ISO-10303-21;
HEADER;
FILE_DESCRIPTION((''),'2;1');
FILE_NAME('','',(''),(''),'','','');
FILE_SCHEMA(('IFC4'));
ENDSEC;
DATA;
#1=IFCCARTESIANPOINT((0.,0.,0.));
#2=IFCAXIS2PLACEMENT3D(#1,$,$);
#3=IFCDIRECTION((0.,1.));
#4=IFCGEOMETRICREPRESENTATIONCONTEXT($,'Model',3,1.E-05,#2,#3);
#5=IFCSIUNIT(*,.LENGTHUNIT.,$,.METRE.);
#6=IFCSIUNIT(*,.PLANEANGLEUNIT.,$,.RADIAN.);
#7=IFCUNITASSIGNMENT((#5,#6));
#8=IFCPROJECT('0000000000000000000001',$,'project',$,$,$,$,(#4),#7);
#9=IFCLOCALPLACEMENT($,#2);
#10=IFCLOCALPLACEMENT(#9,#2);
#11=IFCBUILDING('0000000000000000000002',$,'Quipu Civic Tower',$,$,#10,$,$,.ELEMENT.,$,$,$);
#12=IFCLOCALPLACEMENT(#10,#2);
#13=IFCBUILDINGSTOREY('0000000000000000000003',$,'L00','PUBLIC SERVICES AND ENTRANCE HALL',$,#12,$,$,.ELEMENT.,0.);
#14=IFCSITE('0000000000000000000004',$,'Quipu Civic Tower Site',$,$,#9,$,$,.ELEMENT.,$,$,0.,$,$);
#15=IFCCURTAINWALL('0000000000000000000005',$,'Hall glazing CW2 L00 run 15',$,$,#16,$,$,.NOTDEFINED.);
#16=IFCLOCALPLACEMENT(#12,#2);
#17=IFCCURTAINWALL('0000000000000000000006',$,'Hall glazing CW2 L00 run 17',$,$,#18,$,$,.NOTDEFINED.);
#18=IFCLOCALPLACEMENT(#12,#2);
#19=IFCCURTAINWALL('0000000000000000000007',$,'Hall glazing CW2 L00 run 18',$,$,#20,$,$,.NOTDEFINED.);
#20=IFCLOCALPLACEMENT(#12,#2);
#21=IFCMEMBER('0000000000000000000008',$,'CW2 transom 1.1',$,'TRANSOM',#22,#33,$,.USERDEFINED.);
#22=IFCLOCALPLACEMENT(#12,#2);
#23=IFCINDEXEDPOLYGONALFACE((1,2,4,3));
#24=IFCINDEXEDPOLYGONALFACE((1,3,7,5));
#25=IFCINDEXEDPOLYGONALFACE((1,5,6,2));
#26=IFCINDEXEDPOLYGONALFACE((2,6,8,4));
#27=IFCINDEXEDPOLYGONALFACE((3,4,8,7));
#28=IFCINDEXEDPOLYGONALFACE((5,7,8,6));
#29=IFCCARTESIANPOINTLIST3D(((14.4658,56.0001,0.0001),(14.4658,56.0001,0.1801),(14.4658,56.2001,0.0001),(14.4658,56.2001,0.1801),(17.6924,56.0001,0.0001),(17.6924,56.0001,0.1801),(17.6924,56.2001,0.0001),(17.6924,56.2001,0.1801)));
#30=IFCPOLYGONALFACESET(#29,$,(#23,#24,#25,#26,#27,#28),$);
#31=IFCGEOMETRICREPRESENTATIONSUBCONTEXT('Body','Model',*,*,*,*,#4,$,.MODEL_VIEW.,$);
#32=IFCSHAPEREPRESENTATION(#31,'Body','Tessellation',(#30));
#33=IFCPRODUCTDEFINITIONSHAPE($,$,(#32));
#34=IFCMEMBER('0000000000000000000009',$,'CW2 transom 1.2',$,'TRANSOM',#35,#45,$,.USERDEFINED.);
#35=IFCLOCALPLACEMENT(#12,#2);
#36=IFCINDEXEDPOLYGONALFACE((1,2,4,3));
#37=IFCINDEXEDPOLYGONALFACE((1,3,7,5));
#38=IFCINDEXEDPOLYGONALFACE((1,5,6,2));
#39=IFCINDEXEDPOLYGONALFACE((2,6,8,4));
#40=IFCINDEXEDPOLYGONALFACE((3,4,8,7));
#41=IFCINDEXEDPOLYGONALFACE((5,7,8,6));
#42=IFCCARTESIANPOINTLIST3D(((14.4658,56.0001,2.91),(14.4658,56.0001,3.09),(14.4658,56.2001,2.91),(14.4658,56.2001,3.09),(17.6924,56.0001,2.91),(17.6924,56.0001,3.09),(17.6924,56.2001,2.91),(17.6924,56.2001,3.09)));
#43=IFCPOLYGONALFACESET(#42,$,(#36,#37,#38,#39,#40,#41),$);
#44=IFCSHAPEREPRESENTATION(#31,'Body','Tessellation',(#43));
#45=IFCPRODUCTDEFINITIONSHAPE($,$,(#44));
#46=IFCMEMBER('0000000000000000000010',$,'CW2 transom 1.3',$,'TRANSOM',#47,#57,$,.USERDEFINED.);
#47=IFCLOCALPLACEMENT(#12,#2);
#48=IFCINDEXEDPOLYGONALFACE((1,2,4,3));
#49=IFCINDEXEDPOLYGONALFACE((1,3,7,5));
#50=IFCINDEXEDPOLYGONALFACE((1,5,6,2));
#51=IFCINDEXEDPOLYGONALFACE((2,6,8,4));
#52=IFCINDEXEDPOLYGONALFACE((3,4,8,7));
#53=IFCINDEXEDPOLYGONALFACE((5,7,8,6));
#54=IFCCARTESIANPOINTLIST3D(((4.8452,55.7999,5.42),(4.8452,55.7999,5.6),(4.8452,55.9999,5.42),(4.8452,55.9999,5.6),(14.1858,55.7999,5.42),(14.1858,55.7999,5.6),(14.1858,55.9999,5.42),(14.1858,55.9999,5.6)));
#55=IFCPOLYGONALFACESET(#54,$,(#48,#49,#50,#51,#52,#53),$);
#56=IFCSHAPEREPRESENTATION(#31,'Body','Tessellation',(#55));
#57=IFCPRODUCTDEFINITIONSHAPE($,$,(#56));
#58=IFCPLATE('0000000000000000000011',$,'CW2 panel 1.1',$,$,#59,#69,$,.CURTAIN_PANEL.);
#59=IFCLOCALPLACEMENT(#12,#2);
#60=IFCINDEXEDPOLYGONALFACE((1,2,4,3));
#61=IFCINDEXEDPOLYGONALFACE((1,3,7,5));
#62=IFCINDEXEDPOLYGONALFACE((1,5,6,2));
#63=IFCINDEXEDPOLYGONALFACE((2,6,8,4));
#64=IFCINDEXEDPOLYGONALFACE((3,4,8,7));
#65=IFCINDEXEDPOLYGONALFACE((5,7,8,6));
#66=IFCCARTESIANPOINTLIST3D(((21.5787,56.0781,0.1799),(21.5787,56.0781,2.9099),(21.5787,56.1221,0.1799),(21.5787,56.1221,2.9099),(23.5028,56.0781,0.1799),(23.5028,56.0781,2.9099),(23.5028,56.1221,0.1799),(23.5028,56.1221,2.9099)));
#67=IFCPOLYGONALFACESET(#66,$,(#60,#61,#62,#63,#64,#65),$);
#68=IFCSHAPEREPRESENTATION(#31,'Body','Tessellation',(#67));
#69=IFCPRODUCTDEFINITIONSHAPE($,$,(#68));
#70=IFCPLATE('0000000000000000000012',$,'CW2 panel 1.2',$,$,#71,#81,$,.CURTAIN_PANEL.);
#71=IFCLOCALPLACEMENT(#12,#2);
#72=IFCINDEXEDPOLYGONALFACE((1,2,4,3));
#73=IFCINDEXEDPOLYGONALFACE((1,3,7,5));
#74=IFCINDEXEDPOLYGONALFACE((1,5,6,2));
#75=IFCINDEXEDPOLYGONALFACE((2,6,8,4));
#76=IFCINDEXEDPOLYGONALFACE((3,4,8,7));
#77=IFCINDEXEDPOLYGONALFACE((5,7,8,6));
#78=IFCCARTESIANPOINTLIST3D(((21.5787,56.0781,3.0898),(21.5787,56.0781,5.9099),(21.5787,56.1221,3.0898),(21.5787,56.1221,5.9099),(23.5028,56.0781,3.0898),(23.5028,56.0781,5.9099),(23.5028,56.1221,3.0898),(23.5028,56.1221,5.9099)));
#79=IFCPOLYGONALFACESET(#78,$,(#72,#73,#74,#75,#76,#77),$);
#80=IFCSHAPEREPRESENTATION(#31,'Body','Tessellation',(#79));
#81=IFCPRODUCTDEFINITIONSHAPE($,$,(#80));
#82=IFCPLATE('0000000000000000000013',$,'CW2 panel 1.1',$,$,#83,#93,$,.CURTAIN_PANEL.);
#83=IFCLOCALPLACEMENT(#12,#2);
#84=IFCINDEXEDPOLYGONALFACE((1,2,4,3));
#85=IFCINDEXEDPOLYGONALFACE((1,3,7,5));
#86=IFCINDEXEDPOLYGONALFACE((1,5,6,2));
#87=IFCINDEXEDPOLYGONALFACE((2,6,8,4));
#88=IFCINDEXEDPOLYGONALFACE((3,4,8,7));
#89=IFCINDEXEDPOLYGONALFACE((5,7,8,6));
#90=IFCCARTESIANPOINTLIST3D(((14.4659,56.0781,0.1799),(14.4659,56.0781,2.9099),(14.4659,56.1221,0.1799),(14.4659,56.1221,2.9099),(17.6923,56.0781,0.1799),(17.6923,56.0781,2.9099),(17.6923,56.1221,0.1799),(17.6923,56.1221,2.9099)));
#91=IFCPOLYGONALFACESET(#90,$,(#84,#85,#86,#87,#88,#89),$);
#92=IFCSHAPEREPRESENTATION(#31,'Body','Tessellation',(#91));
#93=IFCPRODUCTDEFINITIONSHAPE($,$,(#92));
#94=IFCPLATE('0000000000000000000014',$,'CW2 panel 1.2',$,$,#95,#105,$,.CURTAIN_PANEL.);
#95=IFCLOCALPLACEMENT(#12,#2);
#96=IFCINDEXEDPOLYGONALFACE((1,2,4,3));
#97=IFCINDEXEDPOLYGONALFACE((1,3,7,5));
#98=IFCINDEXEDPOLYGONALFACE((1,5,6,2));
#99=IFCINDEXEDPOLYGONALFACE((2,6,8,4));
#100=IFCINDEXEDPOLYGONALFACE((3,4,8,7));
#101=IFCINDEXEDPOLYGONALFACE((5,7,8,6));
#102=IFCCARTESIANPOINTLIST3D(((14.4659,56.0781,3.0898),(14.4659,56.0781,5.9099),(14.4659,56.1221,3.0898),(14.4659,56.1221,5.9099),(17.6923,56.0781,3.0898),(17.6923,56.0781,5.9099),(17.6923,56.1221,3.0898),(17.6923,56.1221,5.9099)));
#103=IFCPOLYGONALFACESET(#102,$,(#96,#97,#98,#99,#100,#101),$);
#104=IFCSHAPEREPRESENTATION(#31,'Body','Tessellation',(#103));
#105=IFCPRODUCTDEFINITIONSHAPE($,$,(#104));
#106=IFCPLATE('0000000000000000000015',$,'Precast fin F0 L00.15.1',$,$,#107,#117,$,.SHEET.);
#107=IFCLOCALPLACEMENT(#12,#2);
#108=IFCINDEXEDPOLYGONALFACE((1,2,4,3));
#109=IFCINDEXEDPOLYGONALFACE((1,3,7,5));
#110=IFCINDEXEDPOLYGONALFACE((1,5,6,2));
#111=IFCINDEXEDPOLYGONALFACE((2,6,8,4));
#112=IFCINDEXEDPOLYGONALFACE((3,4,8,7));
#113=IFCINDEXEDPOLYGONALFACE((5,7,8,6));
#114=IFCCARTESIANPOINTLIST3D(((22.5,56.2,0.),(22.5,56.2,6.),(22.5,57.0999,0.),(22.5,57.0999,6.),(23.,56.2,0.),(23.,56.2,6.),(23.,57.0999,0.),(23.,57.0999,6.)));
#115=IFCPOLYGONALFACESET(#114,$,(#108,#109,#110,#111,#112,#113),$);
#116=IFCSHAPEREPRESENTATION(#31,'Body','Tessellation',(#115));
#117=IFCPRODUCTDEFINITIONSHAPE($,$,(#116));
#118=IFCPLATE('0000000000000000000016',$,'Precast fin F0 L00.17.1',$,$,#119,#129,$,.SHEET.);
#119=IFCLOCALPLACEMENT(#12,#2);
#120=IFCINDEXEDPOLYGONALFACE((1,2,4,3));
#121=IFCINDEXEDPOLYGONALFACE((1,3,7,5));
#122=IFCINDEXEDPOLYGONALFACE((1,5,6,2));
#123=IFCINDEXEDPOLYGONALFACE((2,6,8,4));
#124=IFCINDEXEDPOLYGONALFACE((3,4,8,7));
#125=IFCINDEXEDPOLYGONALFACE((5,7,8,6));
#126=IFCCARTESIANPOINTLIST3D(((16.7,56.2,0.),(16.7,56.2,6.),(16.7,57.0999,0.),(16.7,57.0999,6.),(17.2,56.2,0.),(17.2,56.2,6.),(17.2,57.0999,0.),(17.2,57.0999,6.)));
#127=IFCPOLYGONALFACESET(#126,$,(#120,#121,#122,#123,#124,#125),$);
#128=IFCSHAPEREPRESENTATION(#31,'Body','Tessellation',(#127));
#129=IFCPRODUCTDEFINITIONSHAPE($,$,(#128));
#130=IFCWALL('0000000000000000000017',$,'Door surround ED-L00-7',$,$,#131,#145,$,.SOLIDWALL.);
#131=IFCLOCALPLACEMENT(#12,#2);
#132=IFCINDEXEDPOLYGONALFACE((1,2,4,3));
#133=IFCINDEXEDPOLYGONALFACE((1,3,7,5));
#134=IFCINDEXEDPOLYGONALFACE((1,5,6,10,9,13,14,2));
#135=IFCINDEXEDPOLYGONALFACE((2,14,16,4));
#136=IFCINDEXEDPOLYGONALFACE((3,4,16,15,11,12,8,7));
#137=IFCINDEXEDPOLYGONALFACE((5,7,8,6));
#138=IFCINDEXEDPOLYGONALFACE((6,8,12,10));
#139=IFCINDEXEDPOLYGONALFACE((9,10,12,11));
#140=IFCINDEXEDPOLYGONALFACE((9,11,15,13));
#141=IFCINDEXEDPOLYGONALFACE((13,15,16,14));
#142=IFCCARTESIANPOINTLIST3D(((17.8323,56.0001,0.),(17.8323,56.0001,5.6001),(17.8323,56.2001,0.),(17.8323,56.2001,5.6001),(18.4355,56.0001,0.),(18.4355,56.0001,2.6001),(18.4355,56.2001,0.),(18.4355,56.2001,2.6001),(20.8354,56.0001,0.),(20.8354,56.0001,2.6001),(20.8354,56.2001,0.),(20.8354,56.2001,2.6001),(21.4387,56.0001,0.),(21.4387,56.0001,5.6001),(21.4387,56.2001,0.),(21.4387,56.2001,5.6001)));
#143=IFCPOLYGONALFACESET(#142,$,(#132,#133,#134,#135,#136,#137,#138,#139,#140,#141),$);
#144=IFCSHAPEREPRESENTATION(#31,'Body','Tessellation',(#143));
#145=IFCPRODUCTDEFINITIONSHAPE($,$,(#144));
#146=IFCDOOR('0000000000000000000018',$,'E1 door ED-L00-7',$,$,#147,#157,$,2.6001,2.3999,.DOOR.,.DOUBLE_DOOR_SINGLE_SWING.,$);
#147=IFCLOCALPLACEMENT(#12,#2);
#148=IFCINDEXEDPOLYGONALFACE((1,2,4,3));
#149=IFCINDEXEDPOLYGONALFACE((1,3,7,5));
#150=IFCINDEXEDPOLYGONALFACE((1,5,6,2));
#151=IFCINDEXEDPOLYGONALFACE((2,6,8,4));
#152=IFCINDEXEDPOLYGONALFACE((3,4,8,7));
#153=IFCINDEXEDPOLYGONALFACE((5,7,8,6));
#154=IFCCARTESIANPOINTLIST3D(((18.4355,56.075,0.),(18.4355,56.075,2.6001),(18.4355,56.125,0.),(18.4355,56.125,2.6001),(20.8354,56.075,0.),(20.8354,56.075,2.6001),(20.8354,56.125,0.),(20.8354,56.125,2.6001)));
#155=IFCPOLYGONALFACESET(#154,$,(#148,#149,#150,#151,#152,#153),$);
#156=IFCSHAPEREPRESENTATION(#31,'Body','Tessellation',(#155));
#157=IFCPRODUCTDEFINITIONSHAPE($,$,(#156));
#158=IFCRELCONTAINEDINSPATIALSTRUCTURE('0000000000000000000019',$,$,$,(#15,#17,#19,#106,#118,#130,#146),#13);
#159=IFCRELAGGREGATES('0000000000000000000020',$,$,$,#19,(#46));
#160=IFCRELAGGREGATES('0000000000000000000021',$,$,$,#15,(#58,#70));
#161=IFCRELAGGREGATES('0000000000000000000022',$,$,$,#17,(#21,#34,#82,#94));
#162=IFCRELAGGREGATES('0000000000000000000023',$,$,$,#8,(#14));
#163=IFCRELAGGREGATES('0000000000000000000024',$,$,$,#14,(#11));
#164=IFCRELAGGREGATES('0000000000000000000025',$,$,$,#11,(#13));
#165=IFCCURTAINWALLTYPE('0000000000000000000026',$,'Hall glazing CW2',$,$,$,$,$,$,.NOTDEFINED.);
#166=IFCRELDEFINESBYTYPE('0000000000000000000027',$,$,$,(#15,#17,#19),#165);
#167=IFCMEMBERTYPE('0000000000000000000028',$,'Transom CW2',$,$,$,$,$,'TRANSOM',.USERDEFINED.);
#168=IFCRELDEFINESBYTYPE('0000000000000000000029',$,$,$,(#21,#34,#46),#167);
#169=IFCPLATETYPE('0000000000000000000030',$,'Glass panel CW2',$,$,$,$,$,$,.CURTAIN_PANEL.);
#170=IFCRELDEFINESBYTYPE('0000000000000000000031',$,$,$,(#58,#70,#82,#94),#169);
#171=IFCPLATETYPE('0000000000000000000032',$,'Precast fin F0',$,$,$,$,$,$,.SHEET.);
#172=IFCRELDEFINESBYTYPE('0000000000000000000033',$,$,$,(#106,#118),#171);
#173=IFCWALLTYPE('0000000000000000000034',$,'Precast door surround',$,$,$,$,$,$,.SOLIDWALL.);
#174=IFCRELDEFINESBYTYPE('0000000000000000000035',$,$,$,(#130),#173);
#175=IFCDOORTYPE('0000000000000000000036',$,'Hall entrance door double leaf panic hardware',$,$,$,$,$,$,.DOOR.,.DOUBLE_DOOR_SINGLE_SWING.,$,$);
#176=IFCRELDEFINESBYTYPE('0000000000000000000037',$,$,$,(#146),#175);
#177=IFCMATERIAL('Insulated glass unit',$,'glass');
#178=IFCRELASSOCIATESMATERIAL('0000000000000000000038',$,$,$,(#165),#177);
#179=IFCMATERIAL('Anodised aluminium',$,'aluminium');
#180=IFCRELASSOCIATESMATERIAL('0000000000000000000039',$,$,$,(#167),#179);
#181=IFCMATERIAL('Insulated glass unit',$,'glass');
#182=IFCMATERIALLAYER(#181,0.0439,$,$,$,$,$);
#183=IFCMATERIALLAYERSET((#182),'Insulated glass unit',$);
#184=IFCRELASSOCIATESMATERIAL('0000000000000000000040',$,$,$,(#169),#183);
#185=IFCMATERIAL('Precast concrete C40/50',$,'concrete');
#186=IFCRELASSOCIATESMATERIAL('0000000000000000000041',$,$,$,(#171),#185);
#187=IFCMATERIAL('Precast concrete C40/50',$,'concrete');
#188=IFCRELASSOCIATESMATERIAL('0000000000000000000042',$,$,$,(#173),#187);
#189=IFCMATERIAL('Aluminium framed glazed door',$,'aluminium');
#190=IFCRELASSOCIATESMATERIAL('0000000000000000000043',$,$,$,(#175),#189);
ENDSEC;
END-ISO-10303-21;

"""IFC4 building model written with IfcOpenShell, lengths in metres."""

from ifc_helpers import new_model, si_unit, direction, frame, frame_2d, origin, origin_2d, place, context, subcontext, project, spatial, rectangle, extrude, material, layer, layer_set, material_profile, profile_set, type_object, element, fill, aggregate, save


model = new_model("IFC4")

# Units and contexts
model_context = context("Model", 3, precision=1e-05, world=origin(), true_north=direction((0.0, 1.0)))
body_context = subcontext(model_context, "Body", "Model", "MODEL_VIEW")
ifc_project = project(units=[si_unit("LENGTHUNIT", "METRE"), si_unit("PLANEANGLEUNIT", "RADIAN")], contexts=[model_context])

# Site, building, storey
site_placement = place(None, origin())
site = spatial("IfcSite", under=ifc_project, at=site_placement, Name="Quipu Civic Tower Site", CompositionType="ELEMENT", RefElevation=0.0)
building_placement = place(site_placement, origin())
building = spatial("IfcBuilding", under=site, at=building_placement, Name="Quipu Civic Tower", CompositionType="ELEMENT")
storey_placement = place(building_placement, origin())
storey = spatial("IfcBuildingStorey", under=building, at=storey_placement, Name="L00", Description="PUBLIC SERVICES AND ENTRANCE HALL", CompositionType="ELEMENT", Elevation=0.0)

# Curtain wall
ifc_material_1 = material(Name="Insulated glass unit", Category="glass")
curtain_wall_type = type_object("IfcCurtainWallType", Name="Hall glazing CW2", PredefinedType="NOTDEFINED", material=ifc_material_1)
curtain_wall_1_placement = place(storey_placement, origin())
curtain_wall_1 = element("IfcCurtainWall", 1, at=curtain_wall_1_placement, inside=storey, type_object=curtain_wall_type, Name="Hall glazing CW2 L00 run 15", PredefinedType="NOTDEFINED")

# Curtain wall
curtain_wall_2_placement = place(storey_placement, origin())
curtain_wall_2 = element("IfcCurtainWall", 2, at=curtain_wall_2_placement, inside=storey, type_object=curtain_wall_type, Name="Hall glazing CW2 L00 run 17", PredefinedType="NOTDEFINED")

# Curtain wall
curtain_wall_3_placement = place(storey_placement, origin())
curtain_wall_3 = element("IfcCurtainWall", 3, at=curtain_wall_3_placement, inside=storey, type_object=curtain_wall_type, Name="Hall glazing CW2 L00 run 18", PredefinedType="NOTDEFINED")

# Members
ifc_material_2 = material(Name="Anodised aluminium", Category="aluminium")
ifc_material_profile_1 = material_profile(ifc_material_2, rectangle(XDim=0.2, YDim=0.1799, at=origin_2d()), Name="RECT 200x180")
ifc_profile_set_1 = profile_set([ifc_material_profile_1], Name="Anodised aluminium")
member_type_1 = type_object("IfcMemberType", Name="Transom CW2", ElementType="TRANSOM", PredefinedType="USERDEFINED", material=ifc_profile_set_1)
member_1_placement = place(storey_placement, frame((17.6924, 56.1001, 0.0901), z_axis=(-1.0, 0.0, 0.0), x_axis=(0.0, -1.0, 0.0)))
member_1 = element("IfcMember", 4, at=member_1_placement, type_object=member_type_1, Name="CW2 transom 1.1", ObjectType="TRANSOM", PredefinedType="USERDEFINED", context=body_context, shape_type="SweptSolid", body=[
    extrude(rectangle(XDim=0.2, YDim=0.1799, at=origin_2d()), origin(), (0.0, 0.0, 1.0), 3.2266),
])
member_2_placement = place(storey_placement, frame((17.6924, 56.1001, 3.0), z_axis=(-1.0, 0.0, 0.0), x_axis=(0.0, -1.0, 0.0)))
member_2 = element("IfcMember", 5, at=member_2_placement, type_object=member_type_1, Name="CW2 transom 1.2", ObjectType="TRANSOM", PredefinedType="USERDEFINED", context=body_context, shape_type="SweptSolid", body=[
    extrude(rectangle(XDim=0.2, YDim=0.1799, at=origin_2d()), origin(), (0.0, 0.0, 1.0), 3.2266),
])
member_3_placement = place(storey_placement, frame((14.1858, 55.8999, 5.51), z_axis=(-1.0, 0.0, 0.0), x_axis=(0.0, -1.0, 0.0)))
member_3 = element("IfcMember", 6, at=member_3_placement, type_object=member_type_1, Name="CW2 transom 1.3", ObjectType="TRANSOM", PredefinedType="USERDEFINED", context=body_context, shape_type="SweptSolid", body=[
    extrude(rectangle(XDim=0.2, YDim=0.1799, at=origin_2d()), origin(), (0.0, 0.0, 1.0), 9.3406),
])
aggregate(curtain_wall_3, [member_3])

# Plates
ifc_material_3 = material(Name="Insulated glass unit", Category="glass")
ifc_layer = layer(ifc_material_3, 0.0439)
ifc_layer_set = layer_set([ifc_layer], Name="Insulated glass unit")
plate_type_1 = type_object("IfcPlateType", Name="Glass panel CW2", PredefinedType="CURTAIN_PANEL", material=ifc_layer_set)
plate_1_placement = place(storey_placement, frame((22.5408, 56.1001, 0.1799), z_axis=(0.0, 0.0, 1.0), x_axis=(-1.0, 0.0, 0.0)))
plate_1 = element("IfcPlate", 7, at=plate_1_placement, type_object=plate_type_1, Name="CW2 panel 1.1", PredefinedType="CURTAIN_PANEL", context=body_context, shape_type="SweptSolid", body=[
    extrude(rectangle(XDim=1.9241, YDim=0.0439, at=origin_2d()), origin(), (0.0, 0.0, 1.0), 2.73),
])
plate_2_placement = place(storey_placement, frame((22.5408, 56.1001, 3.0898), z_axis=(0.0, 0.0, 1.0), x_axis=(-1.0, 0.0, 0.0)))
plate_2 = element("IfcPlate", 8, at=plate_2_placement, type_object=plate_type_1, Name="CW2 panel 1.2", PredefinedType="CURTAIN_PANEL", context=body_context, shape_type="SweptSolid", body=[
    extrude(rectangle(XDim=1.9241, YDim=0.0439, at=origin_2d()), origin(), (0.0, 0.0, 1.0), 2.8201),
])
aggregate(curtain_wall_1, [plate_1, plate_2])
plate_3_placement = place(storey_placement, frame((16.0791, 56.1001, 0.1799), z_axis=(0.0, 0.0, 1.0), x_axis=(-1.0, 0.0, 0.0)))
plate_3 = element("IfcPlate", 9, at=plate_3_placement, type_object=plate_type_1, Name="CW2 panel 1.1", PredefinedType="CURTAIN_PANEL", context=body_context, shape_type="SweptSolid", body=[
    extrude(rectangle(XDim=3.2263, YDim=0.0439, at=origin_2d()), origin(), (0.0, 0.0, 1.0), 2.73),
])
plate_4_placement = place(storey_placement, frame((16.0791, 56.1001, 3.0898), z_axis=(0.0, 0.0, 1.0), x_axis=(-1.0, 0.0, 0.0)))
plate_4 = element("IfcPlate", 10, at=plate_4_placement, type_object=plate_type_1, Name="CW2 panel 1.2", PredefinedType="CURTAIN_PANEL", context=body_context, shape_type="SweptSolid", body=[
    extrude(rectangle(XDim=3.2263, YDim=0.0439, at=origin_2d()), origin(), (0.0, 0.0, 1.0), 2.8201),
])
aggregate(curtain_wall_2, [member_1, member_2, plate_3, plate_4])

# Plates
ifc_material_4 = material(Name="Precast concrete C40/50", Category="concrete")
plate_type_2 = type_object("IfcPlateType", Name="Precast fin F0", PredefinedType="SHEET", material=ifc_material_4)
for number, where, z_axis, x_axis, name in (
    (11, (22.75, 56.6499, 0.0), (0.0, 0.0, 1.0), (-1.0, 0.0, 0.0), "Precast fin F0 L00.15.1"),
    (12, (16.95, 56.6499, 0.0), (0.0, 0.0, 1.0), (-1.0, 0.0, 0.0), "Precast fin F0 L00.17.1"),
):
    element("IfcPlate", number, at=place(storey_placement, frame(where, z_axis=z_axis, x_axis=x_axis)), inside=storey, type_object=plate_type_2, Name=name, PredefinedType="SHEET", context=body_context, shape_type="SweptSolid", body=[
        extrude(rectangle(XDim=0.5, YDim=0.8999, at=origin_2d()), origin(), (0.0, 0.0, 1.0), 6.0),
    ])

# Wall, opening, door
ifc_material_5 = material(Name="Precast concrete C40/50", Category="concrete")
wall_type = type_object("IfcWallType", Name="Precast door surround", PredefinedType="SOLIDWALL", material=ifc_material_5)
wall_placement = place(storey_placement, frame((17.8323, 56.1001, 0.0), z_axis=(0.0, 0.0, 1.0), x_axis=(1.0, 0.0, 0.0)))
wall = element("IfcWall", 13, at=wall_placement, inside=storey, type_object=wall_type, Name="Door surround ED-L00-7", PredefinedType="SOLIDWALL", context=body_context, shape_type="SweptSolid", body=[
    extrude(rectangle(XDim=3.6064, YDim=0.2, at=frame_2d((1.8032, 0.0))), origin(), (0.0, 0.0, 1.0), 5.6001),
])
opening_placement = place(wall_placement, frame((0.6033, 0.0, 0.0)))
opening = element("IfcOpeningElement", 14, at=opening_placement, cuts=wall, PredefinedType="OPENING", context=body_context, shape_type="SweptSolid", body=[
    extrude(rectangle(XDim=2.3999, YDim=2.6001, at=frame_2d((1.2, 1.3))), frame((0.0, 0.1099, 0.0), z_axis=(0.0, -1.0, 0.0), x_axis=(1.0, 0.0, 0.0)), (0.0, 0.0, 1.0), 0.22),
])
ifc_material_6 = material(Name="Aluminium framed glazed door", Category="aluminium")
door_type = type_object("IfcDoorType", Name="Hall entrance door double leaf panic hardware", OperationType="DOUBLE_DOOR_SINGLE_SWING", PredefinedType="DOOR", material=ifc_material_6)
door_placement = place(opening_placement, origin())
door = element("IfcDoor", 15, at=door_placement, inside=storey, type_object=door_type, Name="E1 door ED-L00-7", OperationType="DOUBLE_DOOR_SINGLE_SWING", OverallHeight=2.6001, OverallWidth=2.3999, PredefinedType="DOOR", context=body_context, shape_type="SweptSolid", body=[
    extrude(rectangle(XDim=2.3999, YDim=2.6001, at=frame_2d((1.2, 1.3))), frame((0.0, 0.0249, 0.0), z_axis=(0.0, -1.0, 0.0), x_axis=(1.0, 0.0, 0.0)), (0.0, 0.0, 1.0), 0.05),
])
fill(opening, door)

save(model, "model.ifc")
